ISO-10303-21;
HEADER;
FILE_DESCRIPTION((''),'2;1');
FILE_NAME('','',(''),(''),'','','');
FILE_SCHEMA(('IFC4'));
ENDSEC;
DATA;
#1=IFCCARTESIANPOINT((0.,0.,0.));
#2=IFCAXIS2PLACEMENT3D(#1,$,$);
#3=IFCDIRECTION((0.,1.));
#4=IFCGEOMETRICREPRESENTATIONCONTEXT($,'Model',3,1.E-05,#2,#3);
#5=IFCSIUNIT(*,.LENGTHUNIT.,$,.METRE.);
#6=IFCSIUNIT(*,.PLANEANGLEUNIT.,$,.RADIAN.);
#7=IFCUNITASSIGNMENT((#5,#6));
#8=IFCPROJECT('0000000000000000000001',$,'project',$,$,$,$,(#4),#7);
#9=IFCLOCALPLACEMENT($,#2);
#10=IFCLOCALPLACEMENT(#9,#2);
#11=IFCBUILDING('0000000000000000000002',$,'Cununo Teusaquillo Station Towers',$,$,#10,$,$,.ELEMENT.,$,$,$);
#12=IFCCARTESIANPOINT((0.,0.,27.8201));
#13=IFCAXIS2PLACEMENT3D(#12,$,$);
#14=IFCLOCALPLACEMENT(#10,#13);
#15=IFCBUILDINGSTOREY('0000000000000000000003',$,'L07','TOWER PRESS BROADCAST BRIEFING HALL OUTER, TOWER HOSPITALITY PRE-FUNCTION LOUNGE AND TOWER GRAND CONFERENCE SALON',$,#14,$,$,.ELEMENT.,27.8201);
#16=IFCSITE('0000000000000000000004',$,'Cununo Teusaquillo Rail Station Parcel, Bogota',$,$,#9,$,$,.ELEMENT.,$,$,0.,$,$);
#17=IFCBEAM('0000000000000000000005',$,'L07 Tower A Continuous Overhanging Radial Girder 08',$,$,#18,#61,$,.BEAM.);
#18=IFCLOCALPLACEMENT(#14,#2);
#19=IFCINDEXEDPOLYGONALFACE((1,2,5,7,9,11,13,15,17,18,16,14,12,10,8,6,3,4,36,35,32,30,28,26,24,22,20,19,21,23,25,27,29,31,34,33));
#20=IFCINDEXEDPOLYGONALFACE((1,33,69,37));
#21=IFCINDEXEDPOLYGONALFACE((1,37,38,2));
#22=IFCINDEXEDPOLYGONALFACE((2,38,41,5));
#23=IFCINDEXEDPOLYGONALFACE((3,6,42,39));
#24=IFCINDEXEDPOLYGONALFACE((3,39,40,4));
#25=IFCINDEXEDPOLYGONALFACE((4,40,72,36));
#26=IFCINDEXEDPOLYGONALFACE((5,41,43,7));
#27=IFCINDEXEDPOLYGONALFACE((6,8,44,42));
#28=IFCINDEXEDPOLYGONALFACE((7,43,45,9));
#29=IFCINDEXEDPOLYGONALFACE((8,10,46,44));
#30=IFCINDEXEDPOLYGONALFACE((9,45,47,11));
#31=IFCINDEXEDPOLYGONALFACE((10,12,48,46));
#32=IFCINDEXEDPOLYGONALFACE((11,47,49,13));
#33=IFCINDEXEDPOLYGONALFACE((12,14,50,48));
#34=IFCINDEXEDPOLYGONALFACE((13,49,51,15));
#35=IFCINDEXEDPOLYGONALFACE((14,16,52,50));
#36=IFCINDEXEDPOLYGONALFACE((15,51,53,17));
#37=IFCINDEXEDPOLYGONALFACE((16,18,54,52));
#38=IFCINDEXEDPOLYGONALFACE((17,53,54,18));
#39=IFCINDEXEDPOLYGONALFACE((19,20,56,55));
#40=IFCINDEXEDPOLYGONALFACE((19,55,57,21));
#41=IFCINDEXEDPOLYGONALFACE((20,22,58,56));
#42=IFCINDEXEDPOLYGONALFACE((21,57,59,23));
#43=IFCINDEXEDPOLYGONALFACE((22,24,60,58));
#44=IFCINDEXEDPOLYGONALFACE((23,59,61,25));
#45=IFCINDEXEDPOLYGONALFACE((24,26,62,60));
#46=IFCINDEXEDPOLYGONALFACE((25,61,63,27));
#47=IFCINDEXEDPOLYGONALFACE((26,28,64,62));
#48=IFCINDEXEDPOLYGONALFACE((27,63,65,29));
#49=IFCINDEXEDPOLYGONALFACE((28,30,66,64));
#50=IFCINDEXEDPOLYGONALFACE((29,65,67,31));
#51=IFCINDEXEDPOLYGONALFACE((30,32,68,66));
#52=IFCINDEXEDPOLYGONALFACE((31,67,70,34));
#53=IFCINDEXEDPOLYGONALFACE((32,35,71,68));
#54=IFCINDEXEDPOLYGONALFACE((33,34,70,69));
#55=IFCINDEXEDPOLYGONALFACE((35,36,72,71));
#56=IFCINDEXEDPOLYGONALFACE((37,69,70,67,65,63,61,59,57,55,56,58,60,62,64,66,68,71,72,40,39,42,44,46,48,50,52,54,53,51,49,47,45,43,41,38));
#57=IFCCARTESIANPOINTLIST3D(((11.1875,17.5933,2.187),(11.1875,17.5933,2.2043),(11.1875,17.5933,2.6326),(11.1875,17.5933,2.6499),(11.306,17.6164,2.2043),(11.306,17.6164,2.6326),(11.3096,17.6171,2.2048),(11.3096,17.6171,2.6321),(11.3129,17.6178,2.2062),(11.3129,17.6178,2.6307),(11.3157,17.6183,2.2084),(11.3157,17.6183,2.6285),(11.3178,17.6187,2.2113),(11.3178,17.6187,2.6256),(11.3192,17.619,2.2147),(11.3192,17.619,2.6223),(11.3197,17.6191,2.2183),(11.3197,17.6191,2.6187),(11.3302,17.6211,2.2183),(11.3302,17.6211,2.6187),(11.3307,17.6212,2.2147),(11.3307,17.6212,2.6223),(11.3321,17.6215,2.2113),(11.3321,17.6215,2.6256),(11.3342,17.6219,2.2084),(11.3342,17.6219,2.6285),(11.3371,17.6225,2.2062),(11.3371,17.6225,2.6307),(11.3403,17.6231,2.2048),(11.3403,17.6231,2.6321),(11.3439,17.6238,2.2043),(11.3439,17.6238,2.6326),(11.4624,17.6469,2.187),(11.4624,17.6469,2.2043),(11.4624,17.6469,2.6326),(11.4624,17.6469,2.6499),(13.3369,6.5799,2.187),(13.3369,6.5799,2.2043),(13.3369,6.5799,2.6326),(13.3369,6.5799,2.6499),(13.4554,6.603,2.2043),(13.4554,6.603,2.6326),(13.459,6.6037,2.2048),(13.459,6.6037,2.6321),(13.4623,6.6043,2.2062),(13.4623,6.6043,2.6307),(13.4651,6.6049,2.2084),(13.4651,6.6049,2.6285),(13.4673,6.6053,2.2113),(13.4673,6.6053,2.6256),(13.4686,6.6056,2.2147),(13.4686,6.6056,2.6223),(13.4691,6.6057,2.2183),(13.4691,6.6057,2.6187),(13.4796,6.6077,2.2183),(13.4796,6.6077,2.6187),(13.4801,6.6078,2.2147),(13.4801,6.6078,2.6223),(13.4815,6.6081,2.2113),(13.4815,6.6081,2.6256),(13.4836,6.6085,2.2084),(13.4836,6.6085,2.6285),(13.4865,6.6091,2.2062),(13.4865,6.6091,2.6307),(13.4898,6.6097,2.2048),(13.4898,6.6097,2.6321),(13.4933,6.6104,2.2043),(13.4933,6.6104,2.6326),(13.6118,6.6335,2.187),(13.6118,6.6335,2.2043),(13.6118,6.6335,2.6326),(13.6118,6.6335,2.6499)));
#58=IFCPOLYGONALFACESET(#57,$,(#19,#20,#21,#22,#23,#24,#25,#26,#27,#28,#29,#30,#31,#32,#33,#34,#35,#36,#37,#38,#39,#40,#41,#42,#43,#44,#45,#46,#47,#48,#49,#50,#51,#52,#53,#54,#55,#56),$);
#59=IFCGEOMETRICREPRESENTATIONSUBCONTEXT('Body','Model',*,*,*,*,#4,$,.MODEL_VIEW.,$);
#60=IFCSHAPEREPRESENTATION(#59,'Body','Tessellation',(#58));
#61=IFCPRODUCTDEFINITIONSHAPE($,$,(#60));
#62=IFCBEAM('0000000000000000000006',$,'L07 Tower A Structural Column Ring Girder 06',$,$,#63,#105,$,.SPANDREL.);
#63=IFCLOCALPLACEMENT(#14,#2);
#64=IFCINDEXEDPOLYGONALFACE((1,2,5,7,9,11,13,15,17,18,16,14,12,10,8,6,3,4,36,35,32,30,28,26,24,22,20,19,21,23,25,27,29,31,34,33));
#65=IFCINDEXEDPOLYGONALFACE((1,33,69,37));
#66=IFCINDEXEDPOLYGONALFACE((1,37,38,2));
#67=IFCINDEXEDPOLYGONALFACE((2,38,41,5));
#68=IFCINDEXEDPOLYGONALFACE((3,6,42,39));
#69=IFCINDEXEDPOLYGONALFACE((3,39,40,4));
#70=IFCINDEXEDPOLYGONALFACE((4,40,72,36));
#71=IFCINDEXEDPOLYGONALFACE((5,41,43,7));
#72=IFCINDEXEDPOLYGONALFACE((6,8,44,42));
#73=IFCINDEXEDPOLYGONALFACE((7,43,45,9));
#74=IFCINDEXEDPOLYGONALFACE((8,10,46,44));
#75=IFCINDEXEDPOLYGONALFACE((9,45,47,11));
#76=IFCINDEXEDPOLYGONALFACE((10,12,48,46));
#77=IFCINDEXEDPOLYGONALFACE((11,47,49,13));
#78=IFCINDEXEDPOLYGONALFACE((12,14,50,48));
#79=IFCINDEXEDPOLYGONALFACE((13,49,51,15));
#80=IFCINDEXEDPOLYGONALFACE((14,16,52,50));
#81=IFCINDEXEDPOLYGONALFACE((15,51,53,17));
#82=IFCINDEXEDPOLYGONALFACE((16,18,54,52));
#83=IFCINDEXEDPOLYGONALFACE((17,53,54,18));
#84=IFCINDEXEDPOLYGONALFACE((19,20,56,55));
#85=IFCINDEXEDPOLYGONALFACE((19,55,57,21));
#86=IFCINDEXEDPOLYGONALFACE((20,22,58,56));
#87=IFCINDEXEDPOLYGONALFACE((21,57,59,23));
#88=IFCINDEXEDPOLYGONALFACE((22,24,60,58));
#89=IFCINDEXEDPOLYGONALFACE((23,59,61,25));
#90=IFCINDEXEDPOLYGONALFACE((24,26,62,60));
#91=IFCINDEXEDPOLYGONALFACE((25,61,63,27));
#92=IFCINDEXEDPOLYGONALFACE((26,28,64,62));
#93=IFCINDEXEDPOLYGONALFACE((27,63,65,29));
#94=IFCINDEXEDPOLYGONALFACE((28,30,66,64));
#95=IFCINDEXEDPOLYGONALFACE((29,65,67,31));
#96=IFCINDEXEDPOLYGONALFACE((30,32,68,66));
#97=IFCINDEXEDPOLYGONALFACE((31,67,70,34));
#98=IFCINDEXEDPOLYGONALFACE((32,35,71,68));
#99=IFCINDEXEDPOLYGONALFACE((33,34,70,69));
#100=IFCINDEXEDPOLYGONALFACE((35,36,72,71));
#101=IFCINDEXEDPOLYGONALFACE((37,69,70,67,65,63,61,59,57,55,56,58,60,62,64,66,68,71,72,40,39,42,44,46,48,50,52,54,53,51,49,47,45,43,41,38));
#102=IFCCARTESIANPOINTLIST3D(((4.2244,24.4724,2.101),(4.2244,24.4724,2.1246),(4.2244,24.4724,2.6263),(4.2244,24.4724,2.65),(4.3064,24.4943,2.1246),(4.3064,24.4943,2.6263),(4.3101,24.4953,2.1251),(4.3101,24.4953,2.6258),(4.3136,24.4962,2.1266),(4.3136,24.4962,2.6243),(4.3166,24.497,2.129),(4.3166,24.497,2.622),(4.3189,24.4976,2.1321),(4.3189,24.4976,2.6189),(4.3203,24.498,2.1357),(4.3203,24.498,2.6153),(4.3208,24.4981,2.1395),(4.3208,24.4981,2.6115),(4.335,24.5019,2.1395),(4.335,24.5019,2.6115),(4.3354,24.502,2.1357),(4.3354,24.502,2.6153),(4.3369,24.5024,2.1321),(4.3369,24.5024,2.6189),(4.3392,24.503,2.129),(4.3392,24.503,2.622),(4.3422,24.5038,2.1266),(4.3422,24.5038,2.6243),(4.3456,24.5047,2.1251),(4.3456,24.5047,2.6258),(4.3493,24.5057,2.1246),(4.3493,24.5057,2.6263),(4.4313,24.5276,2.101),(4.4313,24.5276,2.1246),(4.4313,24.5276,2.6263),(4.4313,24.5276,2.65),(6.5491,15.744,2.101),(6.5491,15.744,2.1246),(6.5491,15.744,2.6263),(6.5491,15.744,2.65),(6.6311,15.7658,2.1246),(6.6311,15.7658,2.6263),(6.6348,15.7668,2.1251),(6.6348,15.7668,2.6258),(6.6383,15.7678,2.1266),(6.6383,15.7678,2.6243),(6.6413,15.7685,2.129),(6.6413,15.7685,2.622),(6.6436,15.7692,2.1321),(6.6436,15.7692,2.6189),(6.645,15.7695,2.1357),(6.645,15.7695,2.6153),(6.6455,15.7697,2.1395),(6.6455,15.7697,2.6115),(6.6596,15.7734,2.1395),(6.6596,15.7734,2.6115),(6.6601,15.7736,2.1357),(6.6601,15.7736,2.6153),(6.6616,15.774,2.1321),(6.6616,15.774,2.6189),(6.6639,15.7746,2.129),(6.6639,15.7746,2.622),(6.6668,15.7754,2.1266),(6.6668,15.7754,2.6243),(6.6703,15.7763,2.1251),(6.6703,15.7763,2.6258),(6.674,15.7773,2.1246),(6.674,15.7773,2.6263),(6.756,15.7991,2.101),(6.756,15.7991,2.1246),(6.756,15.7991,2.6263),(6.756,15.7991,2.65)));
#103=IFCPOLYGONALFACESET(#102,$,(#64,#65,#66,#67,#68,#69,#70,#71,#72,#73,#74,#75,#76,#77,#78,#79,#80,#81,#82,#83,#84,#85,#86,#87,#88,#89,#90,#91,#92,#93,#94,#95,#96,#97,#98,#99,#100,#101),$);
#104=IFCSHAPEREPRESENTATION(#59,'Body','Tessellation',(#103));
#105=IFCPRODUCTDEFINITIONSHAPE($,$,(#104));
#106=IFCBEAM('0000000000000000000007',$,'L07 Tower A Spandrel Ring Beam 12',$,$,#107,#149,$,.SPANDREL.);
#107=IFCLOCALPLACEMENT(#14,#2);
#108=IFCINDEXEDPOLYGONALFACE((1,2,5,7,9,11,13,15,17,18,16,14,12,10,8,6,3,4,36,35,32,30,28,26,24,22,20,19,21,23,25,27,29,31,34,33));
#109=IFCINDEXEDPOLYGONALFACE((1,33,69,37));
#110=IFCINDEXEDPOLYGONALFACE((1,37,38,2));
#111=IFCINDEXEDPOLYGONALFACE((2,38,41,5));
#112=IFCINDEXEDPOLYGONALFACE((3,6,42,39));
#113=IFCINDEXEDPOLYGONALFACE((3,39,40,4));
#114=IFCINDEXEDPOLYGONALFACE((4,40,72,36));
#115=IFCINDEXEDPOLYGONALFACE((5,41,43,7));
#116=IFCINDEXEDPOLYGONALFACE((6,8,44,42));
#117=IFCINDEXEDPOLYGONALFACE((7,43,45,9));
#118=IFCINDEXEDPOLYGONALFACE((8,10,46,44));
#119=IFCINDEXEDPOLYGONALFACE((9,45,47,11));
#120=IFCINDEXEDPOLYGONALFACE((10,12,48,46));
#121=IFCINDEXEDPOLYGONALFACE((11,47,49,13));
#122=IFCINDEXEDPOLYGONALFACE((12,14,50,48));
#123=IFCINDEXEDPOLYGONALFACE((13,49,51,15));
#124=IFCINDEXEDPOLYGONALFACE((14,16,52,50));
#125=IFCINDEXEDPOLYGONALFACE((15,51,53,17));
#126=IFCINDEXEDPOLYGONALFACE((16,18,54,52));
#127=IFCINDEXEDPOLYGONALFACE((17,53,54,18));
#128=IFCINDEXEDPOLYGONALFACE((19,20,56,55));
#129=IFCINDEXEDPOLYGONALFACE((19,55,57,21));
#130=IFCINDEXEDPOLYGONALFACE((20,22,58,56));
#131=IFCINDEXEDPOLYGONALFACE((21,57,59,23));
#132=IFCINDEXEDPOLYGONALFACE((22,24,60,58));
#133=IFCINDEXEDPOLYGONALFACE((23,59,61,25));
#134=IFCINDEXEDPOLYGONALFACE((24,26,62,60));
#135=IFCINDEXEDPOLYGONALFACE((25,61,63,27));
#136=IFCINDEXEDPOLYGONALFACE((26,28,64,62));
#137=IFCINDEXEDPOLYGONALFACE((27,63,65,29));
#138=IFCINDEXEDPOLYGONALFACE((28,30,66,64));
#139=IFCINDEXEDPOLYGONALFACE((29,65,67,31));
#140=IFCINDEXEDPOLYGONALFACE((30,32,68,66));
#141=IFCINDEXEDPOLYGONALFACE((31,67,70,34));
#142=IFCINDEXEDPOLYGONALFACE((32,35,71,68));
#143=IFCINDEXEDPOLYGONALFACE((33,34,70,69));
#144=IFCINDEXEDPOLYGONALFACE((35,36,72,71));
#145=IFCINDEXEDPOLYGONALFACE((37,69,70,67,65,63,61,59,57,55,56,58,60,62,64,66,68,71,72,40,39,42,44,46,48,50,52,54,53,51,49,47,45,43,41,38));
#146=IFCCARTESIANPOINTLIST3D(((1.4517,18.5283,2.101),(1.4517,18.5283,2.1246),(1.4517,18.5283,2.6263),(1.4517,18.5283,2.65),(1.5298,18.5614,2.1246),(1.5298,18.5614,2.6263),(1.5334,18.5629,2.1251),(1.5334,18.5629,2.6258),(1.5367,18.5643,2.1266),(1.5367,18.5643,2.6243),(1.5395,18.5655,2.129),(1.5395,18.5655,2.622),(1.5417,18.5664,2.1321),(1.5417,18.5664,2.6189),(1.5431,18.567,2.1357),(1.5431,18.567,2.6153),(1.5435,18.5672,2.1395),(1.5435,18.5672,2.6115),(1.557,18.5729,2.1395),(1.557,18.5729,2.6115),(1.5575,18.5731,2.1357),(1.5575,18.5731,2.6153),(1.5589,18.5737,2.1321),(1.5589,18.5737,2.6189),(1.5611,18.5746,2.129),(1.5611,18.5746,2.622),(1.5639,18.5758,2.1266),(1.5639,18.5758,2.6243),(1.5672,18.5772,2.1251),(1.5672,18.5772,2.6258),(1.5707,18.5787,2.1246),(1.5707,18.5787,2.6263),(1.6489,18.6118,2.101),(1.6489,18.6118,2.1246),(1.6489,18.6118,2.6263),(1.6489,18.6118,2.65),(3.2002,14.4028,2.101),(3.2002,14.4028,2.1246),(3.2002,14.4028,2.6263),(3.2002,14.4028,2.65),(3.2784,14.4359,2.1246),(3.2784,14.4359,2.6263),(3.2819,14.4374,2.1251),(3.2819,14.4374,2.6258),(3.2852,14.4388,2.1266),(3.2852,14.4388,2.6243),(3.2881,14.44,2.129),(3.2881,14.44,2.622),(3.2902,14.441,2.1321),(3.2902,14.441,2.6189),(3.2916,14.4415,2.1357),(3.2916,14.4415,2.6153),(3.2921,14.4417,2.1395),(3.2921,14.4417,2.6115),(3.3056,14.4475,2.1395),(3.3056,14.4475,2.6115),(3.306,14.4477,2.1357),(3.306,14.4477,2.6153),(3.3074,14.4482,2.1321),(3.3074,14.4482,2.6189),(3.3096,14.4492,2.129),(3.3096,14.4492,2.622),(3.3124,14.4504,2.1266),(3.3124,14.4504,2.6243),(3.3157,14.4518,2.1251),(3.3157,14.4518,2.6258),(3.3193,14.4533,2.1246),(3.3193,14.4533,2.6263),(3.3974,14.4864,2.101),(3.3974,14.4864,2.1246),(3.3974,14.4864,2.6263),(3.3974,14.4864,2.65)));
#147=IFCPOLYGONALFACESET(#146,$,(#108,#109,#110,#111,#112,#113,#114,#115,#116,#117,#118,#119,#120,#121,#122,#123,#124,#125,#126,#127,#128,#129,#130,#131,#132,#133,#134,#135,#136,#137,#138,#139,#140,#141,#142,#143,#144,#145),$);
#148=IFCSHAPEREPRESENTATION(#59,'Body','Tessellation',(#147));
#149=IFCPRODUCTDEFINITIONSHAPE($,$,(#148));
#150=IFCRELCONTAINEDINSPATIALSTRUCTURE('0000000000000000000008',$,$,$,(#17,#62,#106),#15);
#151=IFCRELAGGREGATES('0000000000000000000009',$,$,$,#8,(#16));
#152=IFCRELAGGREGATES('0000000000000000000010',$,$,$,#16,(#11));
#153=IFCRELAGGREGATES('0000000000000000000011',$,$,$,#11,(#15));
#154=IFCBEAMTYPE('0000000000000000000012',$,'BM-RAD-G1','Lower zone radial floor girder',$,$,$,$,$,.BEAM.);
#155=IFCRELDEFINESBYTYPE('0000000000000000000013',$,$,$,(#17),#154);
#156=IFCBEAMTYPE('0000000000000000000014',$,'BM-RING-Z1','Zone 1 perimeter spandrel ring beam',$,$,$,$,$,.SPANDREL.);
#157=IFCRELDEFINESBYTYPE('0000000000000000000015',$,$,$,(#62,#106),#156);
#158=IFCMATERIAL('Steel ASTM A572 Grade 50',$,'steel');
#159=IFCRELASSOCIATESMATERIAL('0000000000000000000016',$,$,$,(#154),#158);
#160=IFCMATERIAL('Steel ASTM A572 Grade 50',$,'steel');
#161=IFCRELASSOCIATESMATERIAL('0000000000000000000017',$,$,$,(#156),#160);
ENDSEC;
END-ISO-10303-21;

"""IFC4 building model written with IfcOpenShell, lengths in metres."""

from ifc_helpers import new_model, si_unit, direction, frame, origin, origin_2d, place, context, subcontext, project, spatial, i_section, extrude, material, material_profile, profile_set, type_object, element, save


model = new_model("IFC4")

# Units and contexts
model_context = context("Model", 3, precision=1e-05, world=origin(), true_north=direction((0.0, 1.0)))
body_context = subcontext(model_context, "Body", "Model", "MODEL_VIEW")
ifc_project = project(units=[si_unit("LENGTHUNIT", "METRE"), si_unit("PLANEANGLEUNIT", "RADIAN")], contexts=[model_context])

# Site, building, storey
site_placement = place(None, origin())
site = spatial("IfcSite", under=ifc_project, at=site_placement, Name="Cununo Teusaquillo Rail Station Parcel, Bogota", CompositionType="ELEMENT", RefElevation=0.0)
building_placement = place(site_placement, origin())
building = spatial("IfcBuilding", under=site, at=building_placement, Name="Cununo Teusaquillo Station Towers", CompositionType="ELEMENT")
storey_placement = place(building_placement, frame((0.0, 0.0, 27.8201)))
storey = spatial("IfcBuildingStorey", under=building, at=storey_placement, Name="L07", Description="TOWER PRESS BROADCAST BRIEFING HALL OUTER, TOWER HOSPITALITY PRE-FUNCTION LOUNGE AND TOWER GRAND CONFERENCE SALON", CompositionType="ELEMENT", Elevation=27.8201)

# Beams
ifc_material_1 = material(Name="Steel ASTM A572 Grade 50", Category="steel")
ifc_material_profile_1 = material_profile(ifc_material_1, i_section(OverallWidth=0.28, OverallDepth=0.4629, WebThickness=0.0107, FlangeThickness=0.0173, FilletRadius=0.0139, at=origin_2d()), Name="W18X76")
ifc_profile_set_1 = profile_set([ifc_material_profile_1], Name="Steel ASTM A572 Grade 50")
beam_type_1 = type_object("IfcBeamType", Name="BM-RAD-G1", Description="Lower zone radial floor girder", PredefinedType="BEAM", material=ifc_profile_set_1)
beam_1_placement = place(storey_placement, frame((11.325, 17.6201, 2.4185), z_axis=(0.191549, -0.981483, 0.0), x_axis=(0.981483, 0.191549, 0.0)))
element("IfcBeam", 1, at=beam_1_placement, inside=storey, type_object=beam_type_1, Name="L07 Tower A Continuous Overhanging Radial Girder 08", PredefinedType="BEAM", context=body_context, shape_type="SweptSolid", body=[
    extrude(i_section(OverallWidth=0.28, OverallDepth=0.4629, WebThickness=0.0107, FlangeThickness=0.0173, FilletRadius=0.0139, at=origin_2d()), origin(), (0.0, 0.0, 1.0), 11.2212),
])
ifc_material_2 = material(Name="Steel ASTM A572 Grade 50", Category="steel")
ifc_material_profile_2 = material_profile(ifc_material_2, i_section(OverallWidth=0.2141, OverallDepth=0.5491, WebThickness=0.0146, FlangeThickness=0.0237, FilletRadius=0.0149, at=origin_2d()), Name="W21X93")
ifc_profile_set_2 = profile_set([ifc_material_profile_2], Name="Steel ASTM A572 Grade 50")
beam_type_2 = type_object("IfcBeamType", Name="BM-RING-Z1", Description="Zone 1 perimeter spandrel ring beam", PredefinedType="SPANDREL", material=ifc_profile_set_2)
beam_2_placement = place(storey_placement, frame((4.3279, 24.5, 2.3755), z_axis=(0.257363, -0.966315, 0.0), x_axis=(0.966315, 0.257363, 0.0)))
element("IfcBeam", 2, at=beam_2_placement, inside=storey, type_object=beam_type_2, Name="L07 Tower A Structural Column Ring Girder 06", PredefinedType="SPANDREL", context=body_context, shape_type="SweptSolid", body=[
    extrude(i_section(OverallWidth=0.2141, OverallDepth=0.5491, WebThickness=0.0146, FlangeThickness=0.0237, FilletRadius=0.0149, at=origin_2d()), origin(), (0.0, 0.0, 1.0), 9.0327),
])
beam_3_placement = place(storey_placement, frame((1.5503, 18.5701, 2.3755), z_axis=(0.390234, -0.920716, 0.0), x_axis=(0.920716, 0.390234, 0.0)))
element("IfcBeam", 3, at=beam_3_placement, inside=storey, type_object=beam_type_2, Name="L07 Tower A Spandrel Ring Beam 12", PredefinedType="SPANDREL", context=body_context, shape_type="SweptSolid", body=[
    extrude(i_section(OverallWidth=0.2141, OverallDepth=0.5491, WebThickness=0.0146, FlangeThickness=0.0237, FilletRadius=0.0149, at=origin_2d()), origin(), (0.0, 0.0, 1.0), 4.4807),
])

save(model, "model.ifc")
